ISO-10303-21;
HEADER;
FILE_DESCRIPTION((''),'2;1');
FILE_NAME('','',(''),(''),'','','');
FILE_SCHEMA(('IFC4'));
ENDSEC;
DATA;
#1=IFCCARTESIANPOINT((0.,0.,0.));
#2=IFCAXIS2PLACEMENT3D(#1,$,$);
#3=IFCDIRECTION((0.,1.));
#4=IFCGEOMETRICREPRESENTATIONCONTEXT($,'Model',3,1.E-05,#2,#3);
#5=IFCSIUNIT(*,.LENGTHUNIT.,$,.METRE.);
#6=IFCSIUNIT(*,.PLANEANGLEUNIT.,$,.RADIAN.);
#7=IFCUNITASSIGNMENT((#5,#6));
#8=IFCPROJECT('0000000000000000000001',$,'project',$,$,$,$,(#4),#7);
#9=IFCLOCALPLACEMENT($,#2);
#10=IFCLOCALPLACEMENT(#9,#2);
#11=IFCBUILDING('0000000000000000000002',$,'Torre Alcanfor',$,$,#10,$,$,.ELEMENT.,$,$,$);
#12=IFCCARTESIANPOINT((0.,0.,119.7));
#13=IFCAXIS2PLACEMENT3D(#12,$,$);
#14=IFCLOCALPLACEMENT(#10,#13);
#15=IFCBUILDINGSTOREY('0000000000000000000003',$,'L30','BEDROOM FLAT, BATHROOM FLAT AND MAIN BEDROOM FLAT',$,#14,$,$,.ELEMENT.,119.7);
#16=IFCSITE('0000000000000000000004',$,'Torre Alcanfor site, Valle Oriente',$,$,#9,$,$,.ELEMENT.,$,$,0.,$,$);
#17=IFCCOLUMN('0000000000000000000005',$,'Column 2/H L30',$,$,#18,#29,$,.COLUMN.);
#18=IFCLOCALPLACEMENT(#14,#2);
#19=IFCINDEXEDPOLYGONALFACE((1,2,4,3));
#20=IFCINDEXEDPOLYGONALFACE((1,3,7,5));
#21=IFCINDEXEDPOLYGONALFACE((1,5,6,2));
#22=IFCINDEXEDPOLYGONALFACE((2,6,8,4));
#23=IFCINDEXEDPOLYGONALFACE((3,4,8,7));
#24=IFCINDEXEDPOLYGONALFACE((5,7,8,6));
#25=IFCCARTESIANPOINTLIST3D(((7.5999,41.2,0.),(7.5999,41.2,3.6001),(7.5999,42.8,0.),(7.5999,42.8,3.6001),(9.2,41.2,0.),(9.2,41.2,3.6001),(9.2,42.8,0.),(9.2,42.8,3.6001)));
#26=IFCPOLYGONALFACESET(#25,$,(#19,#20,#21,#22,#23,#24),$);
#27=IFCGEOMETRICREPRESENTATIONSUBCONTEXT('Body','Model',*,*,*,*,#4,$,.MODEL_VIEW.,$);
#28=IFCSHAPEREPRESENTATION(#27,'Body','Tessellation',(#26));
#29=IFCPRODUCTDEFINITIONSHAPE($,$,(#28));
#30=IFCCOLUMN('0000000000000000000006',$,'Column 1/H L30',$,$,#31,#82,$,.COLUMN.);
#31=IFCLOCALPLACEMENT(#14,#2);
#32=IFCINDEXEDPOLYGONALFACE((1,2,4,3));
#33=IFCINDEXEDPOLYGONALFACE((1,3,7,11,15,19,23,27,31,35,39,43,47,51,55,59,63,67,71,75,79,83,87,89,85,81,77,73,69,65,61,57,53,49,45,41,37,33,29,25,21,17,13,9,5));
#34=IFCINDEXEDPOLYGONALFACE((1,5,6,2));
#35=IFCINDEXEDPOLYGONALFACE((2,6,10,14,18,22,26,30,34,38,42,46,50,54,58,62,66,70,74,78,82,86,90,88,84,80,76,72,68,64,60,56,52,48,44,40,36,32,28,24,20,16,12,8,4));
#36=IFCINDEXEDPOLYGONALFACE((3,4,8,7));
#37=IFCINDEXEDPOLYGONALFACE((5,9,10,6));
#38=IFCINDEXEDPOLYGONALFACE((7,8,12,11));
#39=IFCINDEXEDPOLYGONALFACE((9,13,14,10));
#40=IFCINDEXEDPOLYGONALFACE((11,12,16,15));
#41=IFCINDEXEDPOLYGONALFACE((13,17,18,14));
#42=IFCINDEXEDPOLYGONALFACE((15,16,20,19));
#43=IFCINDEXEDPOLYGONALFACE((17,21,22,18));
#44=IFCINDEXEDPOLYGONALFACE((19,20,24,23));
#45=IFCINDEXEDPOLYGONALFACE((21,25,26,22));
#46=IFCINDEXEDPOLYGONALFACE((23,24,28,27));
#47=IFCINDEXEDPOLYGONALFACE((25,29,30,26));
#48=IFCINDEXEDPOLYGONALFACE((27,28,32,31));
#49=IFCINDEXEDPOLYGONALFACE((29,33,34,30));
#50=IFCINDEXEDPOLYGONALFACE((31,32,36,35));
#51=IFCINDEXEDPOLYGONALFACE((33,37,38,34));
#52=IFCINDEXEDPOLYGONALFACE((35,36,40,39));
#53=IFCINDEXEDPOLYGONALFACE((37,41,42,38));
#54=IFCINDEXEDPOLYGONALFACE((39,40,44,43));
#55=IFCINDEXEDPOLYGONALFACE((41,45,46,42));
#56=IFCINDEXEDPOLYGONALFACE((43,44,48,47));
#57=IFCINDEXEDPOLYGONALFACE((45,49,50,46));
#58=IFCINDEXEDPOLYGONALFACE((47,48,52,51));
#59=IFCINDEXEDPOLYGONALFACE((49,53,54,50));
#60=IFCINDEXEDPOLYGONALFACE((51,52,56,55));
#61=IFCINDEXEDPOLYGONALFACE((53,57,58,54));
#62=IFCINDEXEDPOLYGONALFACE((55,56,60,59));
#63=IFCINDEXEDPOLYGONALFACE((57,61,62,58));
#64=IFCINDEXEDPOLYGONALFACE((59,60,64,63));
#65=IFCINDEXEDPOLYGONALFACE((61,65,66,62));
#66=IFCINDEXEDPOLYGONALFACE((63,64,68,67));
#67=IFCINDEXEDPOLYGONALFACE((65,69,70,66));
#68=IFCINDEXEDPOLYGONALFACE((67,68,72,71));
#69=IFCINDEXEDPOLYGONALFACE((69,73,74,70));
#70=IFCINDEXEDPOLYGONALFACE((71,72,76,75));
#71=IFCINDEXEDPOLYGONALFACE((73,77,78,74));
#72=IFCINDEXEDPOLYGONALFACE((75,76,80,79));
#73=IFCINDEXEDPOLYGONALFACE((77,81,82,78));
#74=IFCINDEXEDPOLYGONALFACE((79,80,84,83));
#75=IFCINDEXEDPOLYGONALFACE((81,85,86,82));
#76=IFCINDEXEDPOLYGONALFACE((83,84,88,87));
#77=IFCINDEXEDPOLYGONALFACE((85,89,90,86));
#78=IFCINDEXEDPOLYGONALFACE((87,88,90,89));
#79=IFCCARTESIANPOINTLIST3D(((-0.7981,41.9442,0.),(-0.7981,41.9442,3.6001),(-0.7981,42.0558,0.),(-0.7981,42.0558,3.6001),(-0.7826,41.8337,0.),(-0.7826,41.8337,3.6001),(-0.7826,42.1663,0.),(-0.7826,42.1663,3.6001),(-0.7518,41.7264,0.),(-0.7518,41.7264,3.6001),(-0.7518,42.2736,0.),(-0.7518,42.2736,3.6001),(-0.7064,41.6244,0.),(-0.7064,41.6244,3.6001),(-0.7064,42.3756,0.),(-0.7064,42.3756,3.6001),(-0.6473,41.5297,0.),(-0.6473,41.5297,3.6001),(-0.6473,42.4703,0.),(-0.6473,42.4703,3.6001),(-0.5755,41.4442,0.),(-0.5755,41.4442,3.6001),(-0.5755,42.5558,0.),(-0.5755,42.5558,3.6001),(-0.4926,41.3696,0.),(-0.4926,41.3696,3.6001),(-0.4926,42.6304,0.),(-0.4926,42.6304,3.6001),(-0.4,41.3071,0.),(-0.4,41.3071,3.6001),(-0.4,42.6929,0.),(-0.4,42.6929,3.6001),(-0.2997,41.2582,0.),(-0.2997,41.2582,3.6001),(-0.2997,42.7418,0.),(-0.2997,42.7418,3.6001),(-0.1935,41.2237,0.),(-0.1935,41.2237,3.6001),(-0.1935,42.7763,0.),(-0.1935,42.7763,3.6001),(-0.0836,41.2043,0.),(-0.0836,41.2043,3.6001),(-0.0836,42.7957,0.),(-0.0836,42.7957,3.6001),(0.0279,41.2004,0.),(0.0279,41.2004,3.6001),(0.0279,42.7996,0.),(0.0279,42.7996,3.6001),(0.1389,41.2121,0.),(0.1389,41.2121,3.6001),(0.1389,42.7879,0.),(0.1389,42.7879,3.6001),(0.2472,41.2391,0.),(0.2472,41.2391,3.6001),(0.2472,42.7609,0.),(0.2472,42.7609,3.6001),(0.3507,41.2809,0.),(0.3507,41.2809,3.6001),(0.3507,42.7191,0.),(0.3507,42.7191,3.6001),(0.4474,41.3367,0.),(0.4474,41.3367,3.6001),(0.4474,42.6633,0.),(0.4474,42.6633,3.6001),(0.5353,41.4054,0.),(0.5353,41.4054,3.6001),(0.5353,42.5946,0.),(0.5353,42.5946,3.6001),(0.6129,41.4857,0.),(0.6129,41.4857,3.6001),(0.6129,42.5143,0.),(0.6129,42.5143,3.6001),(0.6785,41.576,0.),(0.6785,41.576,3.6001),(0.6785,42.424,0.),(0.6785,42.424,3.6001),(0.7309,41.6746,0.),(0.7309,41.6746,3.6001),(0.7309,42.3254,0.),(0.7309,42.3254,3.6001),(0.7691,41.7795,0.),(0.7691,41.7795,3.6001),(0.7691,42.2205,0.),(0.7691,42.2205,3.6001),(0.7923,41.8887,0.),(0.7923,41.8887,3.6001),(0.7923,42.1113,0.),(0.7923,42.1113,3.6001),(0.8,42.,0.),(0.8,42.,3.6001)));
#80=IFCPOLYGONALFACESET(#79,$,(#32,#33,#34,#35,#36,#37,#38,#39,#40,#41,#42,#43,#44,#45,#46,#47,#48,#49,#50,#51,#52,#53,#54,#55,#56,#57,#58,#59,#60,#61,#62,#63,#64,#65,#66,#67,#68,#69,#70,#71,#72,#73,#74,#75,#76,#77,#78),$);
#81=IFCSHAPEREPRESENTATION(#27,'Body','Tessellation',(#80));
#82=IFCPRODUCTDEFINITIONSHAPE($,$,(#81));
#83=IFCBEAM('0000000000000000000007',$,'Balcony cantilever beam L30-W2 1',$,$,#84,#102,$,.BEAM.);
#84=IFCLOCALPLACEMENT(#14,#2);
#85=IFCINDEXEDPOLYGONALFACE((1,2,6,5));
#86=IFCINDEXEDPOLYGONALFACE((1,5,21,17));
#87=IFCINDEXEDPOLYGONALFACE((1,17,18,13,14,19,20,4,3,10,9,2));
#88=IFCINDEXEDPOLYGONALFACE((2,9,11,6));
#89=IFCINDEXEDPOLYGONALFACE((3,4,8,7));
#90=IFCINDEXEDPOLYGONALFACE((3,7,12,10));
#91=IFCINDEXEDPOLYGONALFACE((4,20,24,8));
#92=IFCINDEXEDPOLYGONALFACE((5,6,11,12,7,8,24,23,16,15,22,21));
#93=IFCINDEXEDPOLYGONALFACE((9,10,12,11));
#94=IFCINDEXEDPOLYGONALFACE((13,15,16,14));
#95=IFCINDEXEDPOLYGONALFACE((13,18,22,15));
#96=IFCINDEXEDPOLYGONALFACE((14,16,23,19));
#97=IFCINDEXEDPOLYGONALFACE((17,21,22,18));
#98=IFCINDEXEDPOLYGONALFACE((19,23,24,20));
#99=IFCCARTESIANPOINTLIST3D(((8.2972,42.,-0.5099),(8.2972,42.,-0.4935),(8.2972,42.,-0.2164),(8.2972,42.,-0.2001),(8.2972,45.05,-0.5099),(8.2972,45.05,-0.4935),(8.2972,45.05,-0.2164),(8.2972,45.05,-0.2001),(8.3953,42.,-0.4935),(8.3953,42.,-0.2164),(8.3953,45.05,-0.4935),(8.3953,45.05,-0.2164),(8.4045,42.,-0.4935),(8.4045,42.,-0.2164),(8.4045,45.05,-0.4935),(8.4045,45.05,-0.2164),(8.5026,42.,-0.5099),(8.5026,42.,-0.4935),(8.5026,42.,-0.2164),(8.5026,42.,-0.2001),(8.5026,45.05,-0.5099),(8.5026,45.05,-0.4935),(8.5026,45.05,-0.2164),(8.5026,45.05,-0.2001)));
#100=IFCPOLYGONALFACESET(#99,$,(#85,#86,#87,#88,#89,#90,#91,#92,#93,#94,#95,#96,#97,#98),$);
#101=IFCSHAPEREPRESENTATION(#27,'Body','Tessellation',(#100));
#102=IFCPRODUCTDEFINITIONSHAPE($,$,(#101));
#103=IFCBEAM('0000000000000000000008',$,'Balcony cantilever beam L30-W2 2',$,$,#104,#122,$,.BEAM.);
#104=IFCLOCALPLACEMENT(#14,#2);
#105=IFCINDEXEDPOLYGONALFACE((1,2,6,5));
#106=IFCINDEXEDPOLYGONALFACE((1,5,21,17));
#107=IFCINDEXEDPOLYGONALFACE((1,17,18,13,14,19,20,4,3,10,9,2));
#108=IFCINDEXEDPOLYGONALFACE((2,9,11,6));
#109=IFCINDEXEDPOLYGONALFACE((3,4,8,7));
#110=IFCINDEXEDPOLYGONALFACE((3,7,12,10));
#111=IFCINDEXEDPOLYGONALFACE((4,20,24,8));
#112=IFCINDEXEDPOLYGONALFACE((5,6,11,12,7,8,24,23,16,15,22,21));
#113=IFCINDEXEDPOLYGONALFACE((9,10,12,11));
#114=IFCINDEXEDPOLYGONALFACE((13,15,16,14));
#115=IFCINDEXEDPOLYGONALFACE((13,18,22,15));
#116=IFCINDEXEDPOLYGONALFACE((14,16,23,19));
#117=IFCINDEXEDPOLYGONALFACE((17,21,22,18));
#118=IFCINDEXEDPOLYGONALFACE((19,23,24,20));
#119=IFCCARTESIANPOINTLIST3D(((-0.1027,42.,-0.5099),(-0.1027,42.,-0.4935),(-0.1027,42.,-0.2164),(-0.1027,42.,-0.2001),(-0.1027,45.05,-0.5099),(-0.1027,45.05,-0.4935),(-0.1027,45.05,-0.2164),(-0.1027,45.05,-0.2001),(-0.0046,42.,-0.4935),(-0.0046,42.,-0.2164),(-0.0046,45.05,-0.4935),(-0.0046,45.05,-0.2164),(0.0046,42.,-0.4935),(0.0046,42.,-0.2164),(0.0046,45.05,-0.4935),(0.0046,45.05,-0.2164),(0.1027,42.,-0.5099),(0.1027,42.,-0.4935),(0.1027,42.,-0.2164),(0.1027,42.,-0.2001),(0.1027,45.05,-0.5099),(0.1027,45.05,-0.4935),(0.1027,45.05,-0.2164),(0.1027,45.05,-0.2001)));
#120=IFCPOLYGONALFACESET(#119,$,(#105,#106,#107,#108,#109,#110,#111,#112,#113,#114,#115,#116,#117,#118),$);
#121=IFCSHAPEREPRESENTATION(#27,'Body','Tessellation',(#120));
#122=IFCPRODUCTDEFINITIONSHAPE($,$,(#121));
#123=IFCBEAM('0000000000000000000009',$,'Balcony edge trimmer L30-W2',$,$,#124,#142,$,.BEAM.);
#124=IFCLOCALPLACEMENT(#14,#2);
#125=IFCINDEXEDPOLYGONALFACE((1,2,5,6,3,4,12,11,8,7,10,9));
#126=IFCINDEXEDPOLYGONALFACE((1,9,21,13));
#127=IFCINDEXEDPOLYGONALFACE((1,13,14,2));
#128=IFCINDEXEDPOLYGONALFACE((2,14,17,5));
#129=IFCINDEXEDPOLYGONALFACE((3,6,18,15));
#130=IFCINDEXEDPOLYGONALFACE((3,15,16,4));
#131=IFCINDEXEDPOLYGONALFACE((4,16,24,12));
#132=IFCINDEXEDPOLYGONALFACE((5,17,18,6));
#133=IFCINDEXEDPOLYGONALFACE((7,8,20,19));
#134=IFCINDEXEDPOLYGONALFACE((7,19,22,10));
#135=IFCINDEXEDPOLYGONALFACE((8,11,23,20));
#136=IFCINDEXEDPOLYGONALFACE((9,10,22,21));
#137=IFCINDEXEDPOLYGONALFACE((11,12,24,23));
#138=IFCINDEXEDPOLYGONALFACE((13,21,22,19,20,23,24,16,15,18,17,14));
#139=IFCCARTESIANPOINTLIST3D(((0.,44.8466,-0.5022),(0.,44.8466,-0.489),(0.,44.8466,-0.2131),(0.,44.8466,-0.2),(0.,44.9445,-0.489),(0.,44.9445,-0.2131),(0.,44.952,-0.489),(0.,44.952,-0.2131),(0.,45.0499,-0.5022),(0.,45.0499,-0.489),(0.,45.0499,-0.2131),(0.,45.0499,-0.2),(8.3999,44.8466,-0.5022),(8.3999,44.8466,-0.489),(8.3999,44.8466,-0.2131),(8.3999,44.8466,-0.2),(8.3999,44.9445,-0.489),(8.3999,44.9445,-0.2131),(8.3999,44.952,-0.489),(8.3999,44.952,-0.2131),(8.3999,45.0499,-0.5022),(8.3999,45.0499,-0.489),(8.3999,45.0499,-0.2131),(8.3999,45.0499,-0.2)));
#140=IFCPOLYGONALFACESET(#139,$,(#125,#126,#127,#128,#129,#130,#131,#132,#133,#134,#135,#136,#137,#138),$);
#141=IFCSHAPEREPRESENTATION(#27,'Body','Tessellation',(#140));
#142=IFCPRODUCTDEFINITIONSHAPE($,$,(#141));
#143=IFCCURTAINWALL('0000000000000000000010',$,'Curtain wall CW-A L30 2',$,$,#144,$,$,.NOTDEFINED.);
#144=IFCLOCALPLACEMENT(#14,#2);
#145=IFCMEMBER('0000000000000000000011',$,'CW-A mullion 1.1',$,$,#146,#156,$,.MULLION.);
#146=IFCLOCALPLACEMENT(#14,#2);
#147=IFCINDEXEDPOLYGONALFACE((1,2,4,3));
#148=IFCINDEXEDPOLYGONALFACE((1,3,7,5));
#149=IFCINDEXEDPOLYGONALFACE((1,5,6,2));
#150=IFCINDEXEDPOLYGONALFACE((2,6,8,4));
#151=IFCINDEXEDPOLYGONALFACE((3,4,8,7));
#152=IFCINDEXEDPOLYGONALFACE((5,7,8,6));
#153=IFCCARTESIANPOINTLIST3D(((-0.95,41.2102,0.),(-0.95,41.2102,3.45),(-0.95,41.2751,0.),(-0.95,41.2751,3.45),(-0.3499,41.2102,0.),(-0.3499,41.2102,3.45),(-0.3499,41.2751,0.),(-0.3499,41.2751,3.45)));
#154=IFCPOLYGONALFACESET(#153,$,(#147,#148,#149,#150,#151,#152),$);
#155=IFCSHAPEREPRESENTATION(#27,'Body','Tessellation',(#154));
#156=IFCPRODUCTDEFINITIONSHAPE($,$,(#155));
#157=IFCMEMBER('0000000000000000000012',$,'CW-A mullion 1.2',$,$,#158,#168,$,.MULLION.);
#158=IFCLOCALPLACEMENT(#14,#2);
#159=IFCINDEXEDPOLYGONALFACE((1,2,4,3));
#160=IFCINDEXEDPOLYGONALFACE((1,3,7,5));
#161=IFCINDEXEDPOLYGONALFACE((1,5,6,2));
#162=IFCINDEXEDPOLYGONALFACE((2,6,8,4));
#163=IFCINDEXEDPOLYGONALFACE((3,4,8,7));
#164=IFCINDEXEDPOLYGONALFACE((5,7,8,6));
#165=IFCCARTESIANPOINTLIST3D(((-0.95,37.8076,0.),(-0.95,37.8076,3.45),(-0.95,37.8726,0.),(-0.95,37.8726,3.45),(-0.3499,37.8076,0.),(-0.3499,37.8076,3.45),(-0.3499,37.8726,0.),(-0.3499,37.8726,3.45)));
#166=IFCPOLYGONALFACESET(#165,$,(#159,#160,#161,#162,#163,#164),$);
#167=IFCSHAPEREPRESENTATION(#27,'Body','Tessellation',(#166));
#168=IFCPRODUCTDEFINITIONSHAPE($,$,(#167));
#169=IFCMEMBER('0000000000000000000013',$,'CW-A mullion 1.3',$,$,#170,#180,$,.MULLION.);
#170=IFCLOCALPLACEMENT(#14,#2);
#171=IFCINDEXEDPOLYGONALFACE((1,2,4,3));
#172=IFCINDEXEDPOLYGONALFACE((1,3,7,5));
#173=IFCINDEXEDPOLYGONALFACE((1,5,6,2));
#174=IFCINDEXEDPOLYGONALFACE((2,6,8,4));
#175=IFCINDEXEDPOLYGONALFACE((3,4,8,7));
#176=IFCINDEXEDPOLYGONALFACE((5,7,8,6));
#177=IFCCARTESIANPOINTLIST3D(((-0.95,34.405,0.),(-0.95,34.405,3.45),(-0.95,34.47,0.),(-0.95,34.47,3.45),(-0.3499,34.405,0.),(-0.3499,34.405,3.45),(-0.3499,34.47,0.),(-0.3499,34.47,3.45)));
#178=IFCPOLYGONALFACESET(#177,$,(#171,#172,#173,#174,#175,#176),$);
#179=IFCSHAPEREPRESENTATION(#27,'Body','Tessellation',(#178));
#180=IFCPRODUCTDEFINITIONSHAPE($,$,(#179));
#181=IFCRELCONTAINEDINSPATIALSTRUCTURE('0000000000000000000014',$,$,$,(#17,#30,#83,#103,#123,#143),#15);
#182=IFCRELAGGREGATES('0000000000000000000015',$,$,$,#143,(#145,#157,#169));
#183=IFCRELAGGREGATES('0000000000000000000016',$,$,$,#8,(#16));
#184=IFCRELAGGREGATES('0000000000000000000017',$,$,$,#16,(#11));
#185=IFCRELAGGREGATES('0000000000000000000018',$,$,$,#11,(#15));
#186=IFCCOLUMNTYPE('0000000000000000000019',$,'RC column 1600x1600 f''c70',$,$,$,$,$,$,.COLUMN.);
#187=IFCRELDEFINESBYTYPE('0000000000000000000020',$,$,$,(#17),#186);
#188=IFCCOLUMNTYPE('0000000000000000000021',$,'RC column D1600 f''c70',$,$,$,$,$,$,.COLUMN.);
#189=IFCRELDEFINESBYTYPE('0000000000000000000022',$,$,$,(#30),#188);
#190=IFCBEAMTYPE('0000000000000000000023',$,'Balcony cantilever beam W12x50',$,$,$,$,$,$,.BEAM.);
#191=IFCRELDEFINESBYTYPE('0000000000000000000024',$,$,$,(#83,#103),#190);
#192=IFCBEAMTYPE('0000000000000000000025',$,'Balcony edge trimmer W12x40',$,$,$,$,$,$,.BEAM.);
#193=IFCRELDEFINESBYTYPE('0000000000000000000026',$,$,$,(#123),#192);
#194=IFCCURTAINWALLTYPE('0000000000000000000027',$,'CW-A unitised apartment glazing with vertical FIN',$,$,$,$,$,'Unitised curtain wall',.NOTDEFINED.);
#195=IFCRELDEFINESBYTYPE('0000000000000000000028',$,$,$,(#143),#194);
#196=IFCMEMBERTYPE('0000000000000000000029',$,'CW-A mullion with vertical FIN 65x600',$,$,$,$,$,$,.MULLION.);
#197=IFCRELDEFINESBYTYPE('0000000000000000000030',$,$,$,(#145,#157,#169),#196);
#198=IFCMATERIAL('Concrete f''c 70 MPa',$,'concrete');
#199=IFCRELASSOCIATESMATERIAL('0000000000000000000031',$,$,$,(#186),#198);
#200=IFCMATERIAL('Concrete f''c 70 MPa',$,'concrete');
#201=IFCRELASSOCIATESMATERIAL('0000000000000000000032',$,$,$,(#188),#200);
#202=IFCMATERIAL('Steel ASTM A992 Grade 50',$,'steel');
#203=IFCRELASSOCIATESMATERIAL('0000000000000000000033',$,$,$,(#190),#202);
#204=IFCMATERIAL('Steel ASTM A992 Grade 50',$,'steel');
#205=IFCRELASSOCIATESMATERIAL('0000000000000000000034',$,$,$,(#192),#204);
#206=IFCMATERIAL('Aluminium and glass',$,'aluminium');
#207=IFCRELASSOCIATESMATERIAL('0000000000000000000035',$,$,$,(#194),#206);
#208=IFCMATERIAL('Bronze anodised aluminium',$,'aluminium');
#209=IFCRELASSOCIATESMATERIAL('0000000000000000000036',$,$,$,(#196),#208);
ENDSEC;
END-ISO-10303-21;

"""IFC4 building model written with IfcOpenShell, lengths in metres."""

from ifc_helpers import new_model, si_unit, direction, frame, origin, origin_2d, place, context, subcontext, project, spatial, rectangle, circle, i_section, extrude, material, material_profile, profile_set, type_object, element, aggregate, save


model = new_model("IFC4")

# Units and contexts
model_context = context("Model", 3, precision=1e-05, world=origin(), true_north=direction((0.0, 1.0)))
body_context = subcontext(model_context, "Body", "Model", "MODEL_VIEW")
ifc_project = project(units=[si_unit("LENGTHUNIT", "METRE"), si_unit("PLANEANGLEUNIT", "RADIAN")], contexts=[model_context])

# Site, building, storey
site_placement = place(None, origin())
site = spatial("IfcSite", under=ifc_project, at=site_placement, Name="Torre Alcanfor site, Valle Oriente", CompositionType="ELEMENT", RefElevation=0.0)
building_placement = place(site_placement, origin())
building = spatial("IfcBuilding", under=site, at=building_placement, Name="Torre Alcanfor", CompositionType="ELEMENT")
storey_placement = place(building_placement, frame((0.0, 0.0, 119.7)))
storey = spatial("IfcBuildingStorey", under=building, at=storey_placement, Name="L30", Description="BEDROOM FLAT, BATHROOM FLAT AND MAIN BEDROOM FLAT", CompositionType="ELEMENT", Elevation=119.7)

# Columns
ifc_material_1 = material(Name="Concrete f'c 70 MPa", Category="concrete")
ifc_material_profile_1 = material_profile(ifc_material_1, rectangle(XDim=1.6001, YDim=1.6001, at=origin_2d()), Name="1600x1600")
ifc_profile_set_1 = profile_set([ifc_material_profile_1], Name="Concrete f'c 70 MPa")
column_type_1 = type_object("IfcColumnType", Name="RC column 1600x1600 f'c70", PredefinedType="COLUMN", material=ifc_profile_set_1)
column_1_placement = place(storey_placement, frame((8.3999, 42.0, 0.0), z_axis=(0.0, 0.0, 1.0), x_axis=(1.0, 0.0, 0.0)))
element("IfcColumn", 1, at=column_1_placement, inside=storey, type_object=column_type_1, Name="Column 2/H L30", PredefinedType="COLUMN", context=body_context, shape_type="SweptSolid", body=[
    extrude(rectangle(XDim=1.6001, YDim=1.6001, at=origin_2d()), origin(), (0.0, 0.0, 1.0), 3.6001),
])
ifc_material_2 = material(Name="Concrete f'c 70 MPa", Category="concrete")
ifc_material_profile_2 = material_profile(ifc_material_2, circle(Radius=0.8, at=origin_2d()), Name="D1600")
ifc_profile_set_2 = profile_set([ifc_material_profile_2], Name="Concrete f'c 70 MPa")
column_type_2 = type_object("IfcColumnType", Name="RC column D1600 f'c70", PredefinedType="COLUMN", material=ifc_profile_set_2)
column_2_placement = place(storey_placement, frame((0.0, 42.0, 0.0), z_axis=(0.0, 0.0, 1.0), x_axis=(1.0, 0.0, 0.0)))
element("IfcColumn", 2, at=column_2_placement, inside=storey, type_object=column_type_2, Name="Column 1/H L30", PredefinedType="COLUMN", context=body_context, shape_type="SweptSolid", body=[
    extrude(circle(Radius=0.8, at=origin_2d()), origin(), (0.0, 0.0, 1.0), 3.6001),
])

# Beams
ifc_material_3 = material(Name="Steel ASTM A992 Grade 50", Category="steel")
ifc_material_profile_3 = material_profile(ifc_material_3, i_section(OverallWidth=0.2053, OverallDepth=0.3098, WebThickness=0.0093, FlangeThickness=0.0164, at=origin_2d()), Name="W12x50")
ifc_profile_set_3 = profile_set([ifc_material_profile_3], Name="Steel ASTM A992 Grade 50")
beam_type_1 = type_object("IfcBeamType", Name="Balcony cantilever beam W12x50", PredefinedType="BEAM", material=ifc_profile_set_3)
for number, where, z_axis, x_axis, name in (
    (3, (8.3999, 42.0, -0.355), (0.0, 1.0, 0.0), (-1.0, 0.0, 0.0), "Balcony cantilever beam L30-W2 1"),
    (4, (0.0, 42.0, -0.355), (0.0, 1.0, 0.0), (-1.0, 0.0, 0.0), "Balcony cantilever beam L30-W2 2"),
):
    element("IfcBeam", number, at=place(storey_placement, frame(where, z_axis=z_axis, x_axis=x_axis)), inside=storey, type_object=beam_type_1, Name=name, PredefinedType="BEAM", context=body_context, shape_type="SweptSolid", body=[
        extrude(i_section(OverallWidth=0.2053, OverallDepth=0.3098, WebThickness=0.0093, FlangeThickness=0.0164, at=origin_2d()), origin(), (0.0, 0.0, 1.0), 3.05),
    ])
ifc_material_4 = material(Name="Steel ASTM A992 Grade 50", Category="steel")
ifc_material_profile_4 = material_profile(ifc_material_4, i_section(OverallWidth=0.2034, OverallDepth=0.3022, WebThickness=0.0076, FlangeThickness=0.0132, at=origin_2d()), Name="W12x40")
ifc_profile_set_4 = profile_set([ifc_material_profile_4], Name="Steel ASTM A992 Grade 50")
beam_type_2 = type_object("IfcBeamType", Name="Balcony edge trimmer W12x40", PredefinedType="BEAM", material=ifc_profile_set_4)
beam_1_placement = place(storey_placement, frame((8.3999, 44.9482, -0.3511), z_axis=(-1.0, 0.0, 0.0), x_axis=(0.0, -1.0, 0.0)))
element("IfcBeam", 5, at=beam_1_placement, inside=storey, type_object=beam_type_2, Name="Balcony edge trimmer L30-W2", PredefinedType="BEAM", context=body_context, shape_type="SweptSolid", body=[
    extrude(i_section(OverallWidth=0.2034, OverallDepth=0.3022, WebThickness=0.0076, FlangeThickness=0.0132, at=origin_2d()), origin(), (0.0, 0.0, 1.0), 8.3999),
])

# Curtain wall, members
ifc_material_5 = material(Name="Aluminium and glass", Category="aluminium")
curtain_wall_type = type_object("IfcCurtainWallType", Name="CW-A unitised apartment glazing with vertical FIN", ElementType="Unitised curtain wall", PredefinedType="NOTDEFINED", material=ifc_material_5)
curtain_wall_placement = place(storey_placement, origin())
curtain_wall = element("IfcCurtainWall", 6, at=curtain_wall_placement, inside=storey, type_object=curtain_wall_type, Name="Curtain wall CW-A L30 2", PredefinedType="NOTDEFINED")
ifc_material_6 = material(Name="Bronze anodised aluminium", Category="aluminium")
ifc_material_profile_5 = material_profile(ifc_material_6, rectangle(XDim=0.6001, YDim=0.0649, at=origin_2d()), Name="CW-A mullion 65x600")
ifc_profile_set_5 = profile_set([ifc_material_profile_5], Name="Bronze anodised aluminium")
member_type_1 = type_object("IfcMemberType", Name="CW-A mullion with vertical FIN 65x600", PredefinedType="MULLION", material=ifc_profile_set_5)
member_1_placement = place(storey_placement, frame((-0.6499, 41.2427, 0.0), z_axis=(0.0, 0.0, 1.0), x_axis=(1.0, 0.0, 0.0)))
member_1 = element("IfcMember", 7, at=member_1_placement, type_object=member_type_1, Name="CW-A mullion 1.1", PredefinedType="MULLION", context=body_context, shape_type="SweptSolid", body=[
    extrude(rectangle(XDim=0.6001, YDim=0.0649, at=origin_2d()), origin(), (0.0, 0.0, 1.0), 3.45),
])
member_2_placement = place(storey_placement, frame((-0.6499, 37.8401, 0.0), z_axis=(0.0, 0.0, 1.0), x_axis=(1.0, 0.0, 0.0)))
member_2 = element("IfcMember", 8, at=member_2_placement, type_object=member_type_1, Name="CW-A mullion 1.2", PredefinedType="MULLION", context=body_context, shape_type="SweptSolid", body=[
    extrude(rectangle(XDim=0.6001, YDim=0.0649, at=origin_2d()), origin(), (0.0, 0.0, 1.0), 3.45),
])
member_3_placement = place(storey_placement, frame((-0.6499, 34.4375, 0.0), z_axis=(0.0, 0.0, 1.0), x_axis=(1.0, 0.0, 0.0)))
member_3 = element("IfcMember", 9, at=member_3_placement, type_object=member_type_1, Name="CW-A mullion 1.3", PredefinedType="MULLION", context=body_context, shape_type="SweptSolid", body=[
    extrude(rectangle(XDim=0.6001, YDim=0.0649, at=origin_2d()), origin(), (0.0, 0.0, 1.0), 3.45),
])

aggregate(curtain_wall, [member_1, member_2, member_3])

save(model, "model.ifc")
